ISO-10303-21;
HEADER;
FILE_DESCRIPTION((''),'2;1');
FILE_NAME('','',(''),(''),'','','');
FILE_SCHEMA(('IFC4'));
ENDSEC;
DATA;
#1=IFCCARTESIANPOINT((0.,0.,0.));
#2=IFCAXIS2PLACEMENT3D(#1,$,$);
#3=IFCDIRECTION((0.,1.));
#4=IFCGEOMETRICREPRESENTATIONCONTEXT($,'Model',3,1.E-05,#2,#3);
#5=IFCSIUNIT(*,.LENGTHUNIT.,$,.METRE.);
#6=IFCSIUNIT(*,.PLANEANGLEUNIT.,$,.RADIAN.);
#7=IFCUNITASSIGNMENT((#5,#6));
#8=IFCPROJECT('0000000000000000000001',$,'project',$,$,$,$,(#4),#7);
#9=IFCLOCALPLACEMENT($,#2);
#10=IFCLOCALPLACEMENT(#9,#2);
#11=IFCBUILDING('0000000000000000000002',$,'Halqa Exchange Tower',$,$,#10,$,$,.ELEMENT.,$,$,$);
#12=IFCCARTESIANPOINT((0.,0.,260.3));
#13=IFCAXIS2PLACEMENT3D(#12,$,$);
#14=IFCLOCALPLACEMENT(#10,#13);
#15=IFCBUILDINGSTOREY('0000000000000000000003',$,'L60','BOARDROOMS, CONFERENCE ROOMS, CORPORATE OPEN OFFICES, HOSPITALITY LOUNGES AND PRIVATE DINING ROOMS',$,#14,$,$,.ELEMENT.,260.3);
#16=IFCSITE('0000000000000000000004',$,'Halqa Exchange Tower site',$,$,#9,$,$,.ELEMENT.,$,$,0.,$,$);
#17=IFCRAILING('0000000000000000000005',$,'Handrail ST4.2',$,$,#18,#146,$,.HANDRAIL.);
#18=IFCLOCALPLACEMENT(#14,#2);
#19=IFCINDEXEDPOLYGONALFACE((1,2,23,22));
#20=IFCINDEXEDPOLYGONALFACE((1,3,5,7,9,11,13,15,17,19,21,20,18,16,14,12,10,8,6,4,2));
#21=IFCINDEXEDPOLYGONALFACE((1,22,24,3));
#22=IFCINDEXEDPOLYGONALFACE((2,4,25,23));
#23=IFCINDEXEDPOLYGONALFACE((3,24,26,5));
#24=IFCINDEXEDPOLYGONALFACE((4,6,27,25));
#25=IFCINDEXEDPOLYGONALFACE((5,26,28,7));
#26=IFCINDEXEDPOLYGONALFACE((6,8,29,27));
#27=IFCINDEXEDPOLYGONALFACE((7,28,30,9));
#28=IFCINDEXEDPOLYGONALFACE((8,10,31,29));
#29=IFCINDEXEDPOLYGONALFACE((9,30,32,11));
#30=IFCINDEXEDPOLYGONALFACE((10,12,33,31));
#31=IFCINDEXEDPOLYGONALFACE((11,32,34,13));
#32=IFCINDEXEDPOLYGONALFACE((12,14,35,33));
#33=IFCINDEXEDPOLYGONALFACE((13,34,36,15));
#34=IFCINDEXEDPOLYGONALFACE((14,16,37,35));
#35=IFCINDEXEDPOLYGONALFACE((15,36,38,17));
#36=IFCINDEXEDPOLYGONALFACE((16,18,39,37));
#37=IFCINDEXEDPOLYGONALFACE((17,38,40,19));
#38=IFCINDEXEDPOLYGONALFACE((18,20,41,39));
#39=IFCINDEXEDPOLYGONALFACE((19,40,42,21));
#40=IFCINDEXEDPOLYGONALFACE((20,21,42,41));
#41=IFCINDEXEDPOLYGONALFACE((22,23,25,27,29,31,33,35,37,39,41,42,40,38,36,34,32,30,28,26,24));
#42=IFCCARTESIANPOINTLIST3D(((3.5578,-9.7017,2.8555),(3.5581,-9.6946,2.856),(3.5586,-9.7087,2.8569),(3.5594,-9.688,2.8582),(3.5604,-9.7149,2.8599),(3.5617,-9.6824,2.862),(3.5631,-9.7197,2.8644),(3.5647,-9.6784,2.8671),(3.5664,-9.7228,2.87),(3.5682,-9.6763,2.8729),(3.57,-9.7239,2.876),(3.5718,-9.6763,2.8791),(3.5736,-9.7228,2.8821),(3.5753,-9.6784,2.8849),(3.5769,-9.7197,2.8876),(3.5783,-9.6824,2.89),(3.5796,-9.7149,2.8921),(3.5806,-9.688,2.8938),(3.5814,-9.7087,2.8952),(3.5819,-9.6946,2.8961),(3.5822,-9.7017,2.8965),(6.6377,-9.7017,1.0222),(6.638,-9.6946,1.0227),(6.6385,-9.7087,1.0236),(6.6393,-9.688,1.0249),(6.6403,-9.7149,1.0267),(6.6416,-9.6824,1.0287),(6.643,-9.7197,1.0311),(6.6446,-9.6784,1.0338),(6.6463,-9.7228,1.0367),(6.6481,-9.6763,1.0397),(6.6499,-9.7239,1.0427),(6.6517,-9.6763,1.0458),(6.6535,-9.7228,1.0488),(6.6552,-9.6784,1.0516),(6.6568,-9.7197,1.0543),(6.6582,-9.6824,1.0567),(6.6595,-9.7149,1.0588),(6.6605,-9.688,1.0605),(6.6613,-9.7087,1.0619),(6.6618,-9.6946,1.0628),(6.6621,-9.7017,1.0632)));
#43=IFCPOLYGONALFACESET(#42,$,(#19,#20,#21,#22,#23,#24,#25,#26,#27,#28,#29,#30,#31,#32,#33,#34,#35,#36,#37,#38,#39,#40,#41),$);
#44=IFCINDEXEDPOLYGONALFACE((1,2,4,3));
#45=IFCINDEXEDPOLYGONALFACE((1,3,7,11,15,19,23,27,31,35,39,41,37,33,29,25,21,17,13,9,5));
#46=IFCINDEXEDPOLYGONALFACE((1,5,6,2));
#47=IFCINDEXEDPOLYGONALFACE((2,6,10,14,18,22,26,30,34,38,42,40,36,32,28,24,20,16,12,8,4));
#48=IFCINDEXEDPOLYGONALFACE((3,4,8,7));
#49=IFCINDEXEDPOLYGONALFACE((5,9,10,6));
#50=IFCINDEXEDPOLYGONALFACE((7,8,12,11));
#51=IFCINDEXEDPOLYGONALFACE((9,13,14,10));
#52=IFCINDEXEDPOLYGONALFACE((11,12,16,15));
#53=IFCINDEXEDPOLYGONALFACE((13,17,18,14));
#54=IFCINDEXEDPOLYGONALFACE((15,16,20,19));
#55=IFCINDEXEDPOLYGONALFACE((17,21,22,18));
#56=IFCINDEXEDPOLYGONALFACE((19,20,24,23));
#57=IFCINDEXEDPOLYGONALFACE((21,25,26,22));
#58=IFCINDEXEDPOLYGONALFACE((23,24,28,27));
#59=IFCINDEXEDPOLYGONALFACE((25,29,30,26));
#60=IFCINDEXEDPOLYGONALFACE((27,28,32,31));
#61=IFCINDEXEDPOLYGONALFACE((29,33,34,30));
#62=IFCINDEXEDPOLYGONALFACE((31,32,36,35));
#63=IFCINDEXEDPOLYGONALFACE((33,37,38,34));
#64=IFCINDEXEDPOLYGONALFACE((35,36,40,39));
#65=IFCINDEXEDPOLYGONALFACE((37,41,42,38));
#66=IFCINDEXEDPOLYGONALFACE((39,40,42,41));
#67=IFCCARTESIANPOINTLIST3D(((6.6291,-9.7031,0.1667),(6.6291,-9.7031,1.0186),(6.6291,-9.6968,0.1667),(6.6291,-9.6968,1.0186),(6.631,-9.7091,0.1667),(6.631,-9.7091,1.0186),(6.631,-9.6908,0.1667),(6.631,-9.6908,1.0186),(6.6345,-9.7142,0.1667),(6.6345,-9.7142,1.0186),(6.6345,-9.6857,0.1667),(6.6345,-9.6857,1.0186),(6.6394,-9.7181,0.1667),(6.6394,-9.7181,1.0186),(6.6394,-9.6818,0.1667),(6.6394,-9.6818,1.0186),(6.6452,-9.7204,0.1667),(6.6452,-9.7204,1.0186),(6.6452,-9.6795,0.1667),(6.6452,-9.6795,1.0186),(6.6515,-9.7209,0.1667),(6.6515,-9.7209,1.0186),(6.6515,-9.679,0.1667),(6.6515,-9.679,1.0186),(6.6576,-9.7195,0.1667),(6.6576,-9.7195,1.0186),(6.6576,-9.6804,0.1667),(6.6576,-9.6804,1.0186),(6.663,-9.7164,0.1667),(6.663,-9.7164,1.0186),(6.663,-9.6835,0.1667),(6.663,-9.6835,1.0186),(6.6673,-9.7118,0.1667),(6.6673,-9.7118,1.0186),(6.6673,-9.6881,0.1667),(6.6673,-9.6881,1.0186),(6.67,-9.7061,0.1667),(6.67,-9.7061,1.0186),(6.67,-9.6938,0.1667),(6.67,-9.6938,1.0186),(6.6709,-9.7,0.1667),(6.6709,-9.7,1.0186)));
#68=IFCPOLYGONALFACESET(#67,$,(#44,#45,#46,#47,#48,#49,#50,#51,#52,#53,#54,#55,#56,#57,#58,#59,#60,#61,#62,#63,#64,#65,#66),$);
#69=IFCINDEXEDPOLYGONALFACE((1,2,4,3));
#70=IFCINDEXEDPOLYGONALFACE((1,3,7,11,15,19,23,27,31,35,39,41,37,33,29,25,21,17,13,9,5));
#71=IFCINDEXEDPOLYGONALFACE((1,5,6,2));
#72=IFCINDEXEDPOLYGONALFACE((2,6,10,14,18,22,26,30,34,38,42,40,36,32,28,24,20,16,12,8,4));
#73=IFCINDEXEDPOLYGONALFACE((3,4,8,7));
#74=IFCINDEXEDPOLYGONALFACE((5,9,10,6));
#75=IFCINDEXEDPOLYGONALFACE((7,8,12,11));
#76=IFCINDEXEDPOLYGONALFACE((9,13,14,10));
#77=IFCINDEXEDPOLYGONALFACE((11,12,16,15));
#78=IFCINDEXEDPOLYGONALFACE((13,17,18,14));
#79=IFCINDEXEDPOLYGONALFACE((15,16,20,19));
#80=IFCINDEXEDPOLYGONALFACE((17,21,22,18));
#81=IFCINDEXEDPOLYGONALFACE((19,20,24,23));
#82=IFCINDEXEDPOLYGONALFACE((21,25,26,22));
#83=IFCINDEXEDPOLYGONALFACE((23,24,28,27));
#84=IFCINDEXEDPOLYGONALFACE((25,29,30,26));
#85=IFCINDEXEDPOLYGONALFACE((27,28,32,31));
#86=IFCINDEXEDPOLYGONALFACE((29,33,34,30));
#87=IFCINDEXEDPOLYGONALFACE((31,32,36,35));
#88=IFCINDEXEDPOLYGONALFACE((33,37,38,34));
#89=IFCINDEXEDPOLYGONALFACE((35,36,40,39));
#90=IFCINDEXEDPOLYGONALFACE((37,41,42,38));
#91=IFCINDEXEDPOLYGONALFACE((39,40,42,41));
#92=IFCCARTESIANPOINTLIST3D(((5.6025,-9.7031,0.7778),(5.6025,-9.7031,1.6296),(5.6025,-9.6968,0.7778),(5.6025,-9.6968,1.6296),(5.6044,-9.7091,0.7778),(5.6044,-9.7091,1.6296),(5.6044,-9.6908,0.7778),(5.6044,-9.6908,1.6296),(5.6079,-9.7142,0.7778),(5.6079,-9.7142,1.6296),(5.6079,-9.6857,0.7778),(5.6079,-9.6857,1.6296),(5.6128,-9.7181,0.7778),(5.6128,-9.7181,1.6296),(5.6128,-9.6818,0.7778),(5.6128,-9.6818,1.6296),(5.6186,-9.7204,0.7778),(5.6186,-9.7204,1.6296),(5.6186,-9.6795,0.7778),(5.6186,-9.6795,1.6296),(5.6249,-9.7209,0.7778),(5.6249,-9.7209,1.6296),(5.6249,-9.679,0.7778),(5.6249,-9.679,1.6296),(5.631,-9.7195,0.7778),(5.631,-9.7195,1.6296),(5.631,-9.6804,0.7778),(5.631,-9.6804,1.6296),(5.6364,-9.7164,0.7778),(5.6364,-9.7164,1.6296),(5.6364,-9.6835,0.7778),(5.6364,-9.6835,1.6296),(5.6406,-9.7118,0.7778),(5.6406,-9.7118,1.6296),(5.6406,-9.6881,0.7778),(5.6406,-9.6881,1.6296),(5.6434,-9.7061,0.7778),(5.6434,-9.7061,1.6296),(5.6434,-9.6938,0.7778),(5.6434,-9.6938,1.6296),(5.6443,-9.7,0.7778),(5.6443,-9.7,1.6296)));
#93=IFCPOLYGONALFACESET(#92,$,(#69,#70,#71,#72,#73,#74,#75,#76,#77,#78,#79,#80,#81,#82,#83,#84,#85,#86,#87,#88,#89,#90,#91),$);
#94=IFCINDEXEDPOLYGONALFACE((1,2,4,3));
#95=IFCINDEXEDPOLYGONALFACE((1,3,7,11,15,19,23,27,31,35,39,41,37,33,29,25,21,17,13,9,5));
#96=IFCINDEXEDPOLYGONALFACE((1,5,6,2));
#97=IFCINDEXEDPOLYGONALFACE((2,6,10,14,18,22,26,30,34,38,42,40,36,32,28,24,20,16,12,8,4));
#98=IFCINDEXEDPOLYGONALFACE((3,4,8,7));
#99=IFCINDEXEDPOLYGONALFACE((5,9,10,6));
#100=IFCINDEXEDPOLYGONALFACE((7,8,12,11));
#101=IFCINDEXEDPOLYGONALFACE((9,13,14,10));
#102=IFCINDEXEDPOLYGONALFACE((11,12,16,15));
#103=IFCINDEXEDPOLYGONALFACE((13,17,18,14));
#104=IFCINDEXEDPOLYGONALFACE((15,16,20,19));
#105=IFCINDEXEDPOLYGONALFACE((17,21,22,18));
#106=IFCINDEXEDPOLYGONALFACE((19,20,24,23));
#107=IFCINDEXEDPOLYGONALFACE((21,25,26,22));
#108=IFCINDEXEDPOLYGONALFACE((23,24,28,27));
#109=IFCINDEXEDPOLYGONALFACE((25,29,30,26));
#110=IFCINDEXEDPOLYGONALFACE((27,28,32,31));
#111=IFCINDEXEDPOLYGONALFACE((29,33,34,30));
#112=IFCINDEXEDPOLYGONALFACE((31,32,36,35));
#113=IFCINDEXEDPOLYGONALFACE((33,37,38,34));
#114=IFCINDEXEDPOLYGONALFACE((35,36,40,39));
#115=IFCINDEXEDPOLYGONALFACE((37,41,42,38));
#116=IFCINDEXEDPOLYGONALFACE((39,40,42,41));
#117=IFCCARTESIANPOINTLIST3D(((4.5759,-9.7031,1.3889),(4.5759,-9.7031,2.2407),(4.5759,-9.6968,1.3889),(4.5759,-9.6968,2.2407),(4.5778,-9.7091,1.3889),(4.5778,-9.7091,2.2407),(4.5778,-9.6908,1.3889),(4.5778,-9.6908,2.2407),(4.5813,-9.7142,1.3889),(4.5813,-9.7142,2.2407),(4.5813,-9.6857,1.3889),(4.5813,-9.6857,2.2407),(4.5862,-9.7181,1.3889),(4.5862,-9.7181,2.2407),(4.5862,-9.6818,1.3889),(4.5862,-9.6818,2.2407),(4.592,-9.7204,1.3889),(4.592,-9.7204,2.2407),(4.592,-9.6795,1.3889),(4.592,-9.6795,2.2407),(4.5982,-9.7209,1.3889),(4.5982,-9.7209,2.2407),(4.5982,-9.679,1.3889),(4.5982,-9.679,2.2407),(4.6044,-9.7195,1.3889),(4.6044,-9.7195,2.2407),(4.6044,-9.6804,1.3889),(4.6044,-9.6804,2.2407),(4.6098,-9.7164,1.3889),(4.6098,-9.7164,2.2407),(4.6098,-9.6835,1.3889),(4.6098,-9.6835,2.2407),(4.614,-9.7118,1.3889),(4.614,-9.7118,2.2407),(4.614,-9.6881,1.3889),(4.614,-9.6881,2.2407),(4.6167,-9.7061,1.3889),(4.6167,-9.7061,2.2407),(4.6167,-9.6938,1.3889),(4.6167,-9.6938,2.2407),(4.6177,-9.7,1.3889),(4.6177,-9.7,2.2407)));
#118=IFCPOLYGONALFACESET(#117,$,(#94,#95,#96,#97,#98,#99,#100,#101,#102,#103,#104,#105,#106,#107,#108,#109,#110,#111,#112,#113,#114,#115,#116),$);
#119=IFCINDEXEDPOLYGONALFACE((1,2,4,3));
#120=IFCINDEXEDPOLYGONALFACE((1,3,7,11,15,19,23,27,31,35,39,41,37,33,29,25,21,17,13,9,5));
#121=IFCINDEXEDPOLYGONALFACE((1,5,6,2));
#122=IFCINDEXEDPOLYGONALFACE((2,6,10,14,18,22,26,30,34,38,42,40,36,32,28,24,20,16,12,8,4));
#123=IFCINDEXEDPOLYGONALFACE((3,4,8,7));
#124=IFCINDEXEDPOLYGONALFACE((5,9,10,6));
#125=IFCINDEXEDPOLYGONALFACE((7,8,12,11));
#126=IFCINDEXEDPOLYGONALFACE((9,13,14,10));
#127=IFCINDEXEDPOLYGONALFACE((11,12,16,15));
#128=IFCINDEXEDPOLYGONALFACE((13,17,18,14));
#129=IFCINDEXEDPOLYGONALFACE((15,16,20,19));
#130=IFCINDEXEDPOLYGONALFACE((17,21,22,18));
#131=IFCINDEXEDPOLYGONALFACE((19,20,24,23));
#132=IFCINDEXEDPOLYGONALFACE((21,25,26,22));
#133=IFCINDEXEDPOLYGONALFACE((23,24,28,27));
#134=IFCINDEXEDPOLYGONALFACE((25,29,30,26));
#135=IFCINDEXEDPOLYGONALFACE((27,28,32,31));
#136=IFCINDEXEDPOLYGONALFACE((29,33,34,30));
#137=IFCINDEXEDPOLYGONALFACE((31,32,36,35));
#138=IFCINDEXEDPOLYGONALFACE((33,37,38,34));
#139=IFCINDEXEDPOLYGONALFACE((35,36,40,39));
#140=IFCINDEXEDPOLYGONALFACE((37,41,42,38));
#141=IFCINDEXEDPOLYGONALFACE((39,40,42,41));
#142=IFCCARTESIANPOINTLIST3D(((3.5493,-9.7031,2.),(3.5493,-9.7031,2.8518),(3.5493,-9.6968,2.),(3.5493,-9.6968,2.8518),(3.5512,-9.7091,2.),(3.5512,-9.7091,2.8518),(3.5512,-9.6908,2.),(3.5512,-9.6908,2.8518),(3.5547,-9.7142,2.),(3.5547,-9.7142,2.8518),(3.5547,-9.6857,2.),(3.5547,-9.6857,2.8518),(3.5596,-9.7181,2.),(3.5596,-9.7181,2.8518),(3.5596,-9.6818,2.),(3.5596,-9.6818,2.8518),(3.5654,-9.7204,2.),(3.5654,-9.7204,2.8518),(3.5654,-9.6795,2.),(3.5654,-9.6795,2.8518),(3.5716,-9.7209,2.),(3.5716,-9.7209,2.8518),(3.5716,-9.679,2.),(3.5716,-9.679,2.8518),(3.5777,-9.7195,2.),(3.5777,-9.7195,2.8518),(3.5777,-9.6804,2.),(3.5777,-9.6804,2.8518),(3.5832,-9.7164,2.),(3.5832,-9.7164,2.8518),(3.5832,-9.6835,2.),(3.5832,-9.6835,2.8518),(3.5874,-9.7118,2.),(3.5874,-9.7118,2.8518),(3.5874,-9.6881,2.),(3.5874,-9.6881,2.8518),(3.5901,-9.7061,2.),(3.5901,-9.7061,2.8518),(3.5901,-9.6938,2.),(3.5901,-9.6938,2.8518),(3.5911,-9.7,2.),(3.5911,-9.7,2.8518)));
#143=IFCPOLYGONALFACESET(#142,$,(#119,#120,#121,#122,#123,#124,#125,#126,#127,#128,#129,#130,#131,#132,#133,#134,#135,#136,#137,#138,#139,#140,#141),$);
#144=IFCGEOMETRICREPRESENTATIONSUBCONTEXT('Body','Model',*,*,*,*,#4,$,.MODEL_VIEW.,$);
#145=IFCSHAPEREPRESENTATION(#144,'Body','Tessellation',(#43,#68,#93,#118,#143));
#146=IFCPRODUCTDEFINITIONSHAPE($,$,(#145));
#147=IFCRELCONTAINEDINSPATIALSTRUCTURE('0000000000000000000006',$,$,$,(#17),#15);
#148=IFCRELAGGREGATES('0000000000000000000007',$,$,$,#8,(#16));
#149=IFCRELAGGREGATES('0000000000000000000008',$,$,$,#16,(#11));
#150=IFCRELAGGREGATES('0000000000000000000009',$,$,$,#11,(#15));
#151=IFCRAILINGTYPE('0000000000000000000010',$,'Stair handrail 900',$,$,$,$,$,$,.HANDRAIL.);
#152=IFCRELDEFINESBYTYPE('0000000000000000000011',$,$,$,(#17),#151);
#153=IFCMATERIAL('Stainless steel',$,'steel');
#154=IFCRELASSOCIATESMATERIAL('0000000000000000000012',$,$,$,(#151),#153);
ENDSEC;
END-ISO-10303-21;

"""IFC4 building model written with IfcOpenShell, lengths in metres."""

from ifc_helpers import new_model, si_unit, direction, frame, origin, origin_2d, place, context, subcontext, project, spatial, circle, extrude, material, type_object, element, save


model = new_model("IFC4")

# Units and contexts
model_context = context("Model", 3, precision=1e-05, world=origin(), true_north=direction((0.0, 1.0)))
body_context = subcontext(model_context, "Body", "Model", "MODEL_VIEW")
ifc_project = project(units=[si_unit("LENGTHUNIT", "METRE"), si_unit("PLANEANGLEUNIT", "RADIAN")], contexts=[model_context])

# Site, building, storey
site_placement = place(None, origin())
site = spatial("IfcSite", under=ifc_project, at=site_placement, Name="Halqa Exchange Tower site", CompositionType="ELEMENT", RefElevation=0.0)
building_placement = place(site_placement, origin())
building = spatial("IfcBuilding", under=site, at=building_placement, Name="Halqa Exchange Tower", CompositionType="ELEMENT")
storey_placement = place(building_placement, frame((0.0, 0.0, 260.3)))
storey = spatial("IfcBuildingStorey", under=building, at=storey_placement, Name="L60", Description="BOARDROOMS, CONFERENCE ROOMS, CORPORATE OPEN OFFICES, HOSPITALITY LOUNGES AND PRIVATE DINING ROOMS", CompositionType="ELEMENT", Elevation=260.3)

# Railing
ifc_material_1 = material(Name="Stainless steel", Category="steel")
railing_type_1 = type_object("IfcRailingType", Name="Stair handrail 900", PredefinedType="HANDRAIL", material=ifc_material_1)
railing_1_placement = place(storey_placement, frame((6.6499, -9.7, 0.1667)))
element("IfcRailing", 1, at=railing_1_placement, inside=storey, type_object=railing_type_1, Name="Handrail ST4.2", PredefinedType="HANDRAIL", context=body_context, shape_type="SweptSolid", body=[
    extrude(circle(Radius=0.0239, at=origin_2d()), frame((0.0, 0.0, 0.876), z_axis=(-0.859291, 0.0, 0.511487), x_axis=(0.0, -1.0, 0.0)), (0.0, 0.0, 1.0), 3.5842),
    extrude(circle(Radius=0.021, at=origin_2d()), origin(), (0.0, 0.0, 1.0), 0.8518),
    extrude(circle(Radius=0.021, at=origin_2d()), frame((-1.0266, 0.0, 0.6111)), (0.0, 0.0, 1.0), 0.8518),
    extrude(circle(Radius=0.021, at=origin_2d()), frame((-2.0532, 0.0, 1.2222)), (0.0, 0.0, 1.0), 0.8518),
    extrude(circle(Radius=0.021, at=origin_2d()), frame((-3.0798, 0.0, 1.8333)), (0.0, 0.0, 1.0), 0.8518),
])

save(model, "model.ifc")
